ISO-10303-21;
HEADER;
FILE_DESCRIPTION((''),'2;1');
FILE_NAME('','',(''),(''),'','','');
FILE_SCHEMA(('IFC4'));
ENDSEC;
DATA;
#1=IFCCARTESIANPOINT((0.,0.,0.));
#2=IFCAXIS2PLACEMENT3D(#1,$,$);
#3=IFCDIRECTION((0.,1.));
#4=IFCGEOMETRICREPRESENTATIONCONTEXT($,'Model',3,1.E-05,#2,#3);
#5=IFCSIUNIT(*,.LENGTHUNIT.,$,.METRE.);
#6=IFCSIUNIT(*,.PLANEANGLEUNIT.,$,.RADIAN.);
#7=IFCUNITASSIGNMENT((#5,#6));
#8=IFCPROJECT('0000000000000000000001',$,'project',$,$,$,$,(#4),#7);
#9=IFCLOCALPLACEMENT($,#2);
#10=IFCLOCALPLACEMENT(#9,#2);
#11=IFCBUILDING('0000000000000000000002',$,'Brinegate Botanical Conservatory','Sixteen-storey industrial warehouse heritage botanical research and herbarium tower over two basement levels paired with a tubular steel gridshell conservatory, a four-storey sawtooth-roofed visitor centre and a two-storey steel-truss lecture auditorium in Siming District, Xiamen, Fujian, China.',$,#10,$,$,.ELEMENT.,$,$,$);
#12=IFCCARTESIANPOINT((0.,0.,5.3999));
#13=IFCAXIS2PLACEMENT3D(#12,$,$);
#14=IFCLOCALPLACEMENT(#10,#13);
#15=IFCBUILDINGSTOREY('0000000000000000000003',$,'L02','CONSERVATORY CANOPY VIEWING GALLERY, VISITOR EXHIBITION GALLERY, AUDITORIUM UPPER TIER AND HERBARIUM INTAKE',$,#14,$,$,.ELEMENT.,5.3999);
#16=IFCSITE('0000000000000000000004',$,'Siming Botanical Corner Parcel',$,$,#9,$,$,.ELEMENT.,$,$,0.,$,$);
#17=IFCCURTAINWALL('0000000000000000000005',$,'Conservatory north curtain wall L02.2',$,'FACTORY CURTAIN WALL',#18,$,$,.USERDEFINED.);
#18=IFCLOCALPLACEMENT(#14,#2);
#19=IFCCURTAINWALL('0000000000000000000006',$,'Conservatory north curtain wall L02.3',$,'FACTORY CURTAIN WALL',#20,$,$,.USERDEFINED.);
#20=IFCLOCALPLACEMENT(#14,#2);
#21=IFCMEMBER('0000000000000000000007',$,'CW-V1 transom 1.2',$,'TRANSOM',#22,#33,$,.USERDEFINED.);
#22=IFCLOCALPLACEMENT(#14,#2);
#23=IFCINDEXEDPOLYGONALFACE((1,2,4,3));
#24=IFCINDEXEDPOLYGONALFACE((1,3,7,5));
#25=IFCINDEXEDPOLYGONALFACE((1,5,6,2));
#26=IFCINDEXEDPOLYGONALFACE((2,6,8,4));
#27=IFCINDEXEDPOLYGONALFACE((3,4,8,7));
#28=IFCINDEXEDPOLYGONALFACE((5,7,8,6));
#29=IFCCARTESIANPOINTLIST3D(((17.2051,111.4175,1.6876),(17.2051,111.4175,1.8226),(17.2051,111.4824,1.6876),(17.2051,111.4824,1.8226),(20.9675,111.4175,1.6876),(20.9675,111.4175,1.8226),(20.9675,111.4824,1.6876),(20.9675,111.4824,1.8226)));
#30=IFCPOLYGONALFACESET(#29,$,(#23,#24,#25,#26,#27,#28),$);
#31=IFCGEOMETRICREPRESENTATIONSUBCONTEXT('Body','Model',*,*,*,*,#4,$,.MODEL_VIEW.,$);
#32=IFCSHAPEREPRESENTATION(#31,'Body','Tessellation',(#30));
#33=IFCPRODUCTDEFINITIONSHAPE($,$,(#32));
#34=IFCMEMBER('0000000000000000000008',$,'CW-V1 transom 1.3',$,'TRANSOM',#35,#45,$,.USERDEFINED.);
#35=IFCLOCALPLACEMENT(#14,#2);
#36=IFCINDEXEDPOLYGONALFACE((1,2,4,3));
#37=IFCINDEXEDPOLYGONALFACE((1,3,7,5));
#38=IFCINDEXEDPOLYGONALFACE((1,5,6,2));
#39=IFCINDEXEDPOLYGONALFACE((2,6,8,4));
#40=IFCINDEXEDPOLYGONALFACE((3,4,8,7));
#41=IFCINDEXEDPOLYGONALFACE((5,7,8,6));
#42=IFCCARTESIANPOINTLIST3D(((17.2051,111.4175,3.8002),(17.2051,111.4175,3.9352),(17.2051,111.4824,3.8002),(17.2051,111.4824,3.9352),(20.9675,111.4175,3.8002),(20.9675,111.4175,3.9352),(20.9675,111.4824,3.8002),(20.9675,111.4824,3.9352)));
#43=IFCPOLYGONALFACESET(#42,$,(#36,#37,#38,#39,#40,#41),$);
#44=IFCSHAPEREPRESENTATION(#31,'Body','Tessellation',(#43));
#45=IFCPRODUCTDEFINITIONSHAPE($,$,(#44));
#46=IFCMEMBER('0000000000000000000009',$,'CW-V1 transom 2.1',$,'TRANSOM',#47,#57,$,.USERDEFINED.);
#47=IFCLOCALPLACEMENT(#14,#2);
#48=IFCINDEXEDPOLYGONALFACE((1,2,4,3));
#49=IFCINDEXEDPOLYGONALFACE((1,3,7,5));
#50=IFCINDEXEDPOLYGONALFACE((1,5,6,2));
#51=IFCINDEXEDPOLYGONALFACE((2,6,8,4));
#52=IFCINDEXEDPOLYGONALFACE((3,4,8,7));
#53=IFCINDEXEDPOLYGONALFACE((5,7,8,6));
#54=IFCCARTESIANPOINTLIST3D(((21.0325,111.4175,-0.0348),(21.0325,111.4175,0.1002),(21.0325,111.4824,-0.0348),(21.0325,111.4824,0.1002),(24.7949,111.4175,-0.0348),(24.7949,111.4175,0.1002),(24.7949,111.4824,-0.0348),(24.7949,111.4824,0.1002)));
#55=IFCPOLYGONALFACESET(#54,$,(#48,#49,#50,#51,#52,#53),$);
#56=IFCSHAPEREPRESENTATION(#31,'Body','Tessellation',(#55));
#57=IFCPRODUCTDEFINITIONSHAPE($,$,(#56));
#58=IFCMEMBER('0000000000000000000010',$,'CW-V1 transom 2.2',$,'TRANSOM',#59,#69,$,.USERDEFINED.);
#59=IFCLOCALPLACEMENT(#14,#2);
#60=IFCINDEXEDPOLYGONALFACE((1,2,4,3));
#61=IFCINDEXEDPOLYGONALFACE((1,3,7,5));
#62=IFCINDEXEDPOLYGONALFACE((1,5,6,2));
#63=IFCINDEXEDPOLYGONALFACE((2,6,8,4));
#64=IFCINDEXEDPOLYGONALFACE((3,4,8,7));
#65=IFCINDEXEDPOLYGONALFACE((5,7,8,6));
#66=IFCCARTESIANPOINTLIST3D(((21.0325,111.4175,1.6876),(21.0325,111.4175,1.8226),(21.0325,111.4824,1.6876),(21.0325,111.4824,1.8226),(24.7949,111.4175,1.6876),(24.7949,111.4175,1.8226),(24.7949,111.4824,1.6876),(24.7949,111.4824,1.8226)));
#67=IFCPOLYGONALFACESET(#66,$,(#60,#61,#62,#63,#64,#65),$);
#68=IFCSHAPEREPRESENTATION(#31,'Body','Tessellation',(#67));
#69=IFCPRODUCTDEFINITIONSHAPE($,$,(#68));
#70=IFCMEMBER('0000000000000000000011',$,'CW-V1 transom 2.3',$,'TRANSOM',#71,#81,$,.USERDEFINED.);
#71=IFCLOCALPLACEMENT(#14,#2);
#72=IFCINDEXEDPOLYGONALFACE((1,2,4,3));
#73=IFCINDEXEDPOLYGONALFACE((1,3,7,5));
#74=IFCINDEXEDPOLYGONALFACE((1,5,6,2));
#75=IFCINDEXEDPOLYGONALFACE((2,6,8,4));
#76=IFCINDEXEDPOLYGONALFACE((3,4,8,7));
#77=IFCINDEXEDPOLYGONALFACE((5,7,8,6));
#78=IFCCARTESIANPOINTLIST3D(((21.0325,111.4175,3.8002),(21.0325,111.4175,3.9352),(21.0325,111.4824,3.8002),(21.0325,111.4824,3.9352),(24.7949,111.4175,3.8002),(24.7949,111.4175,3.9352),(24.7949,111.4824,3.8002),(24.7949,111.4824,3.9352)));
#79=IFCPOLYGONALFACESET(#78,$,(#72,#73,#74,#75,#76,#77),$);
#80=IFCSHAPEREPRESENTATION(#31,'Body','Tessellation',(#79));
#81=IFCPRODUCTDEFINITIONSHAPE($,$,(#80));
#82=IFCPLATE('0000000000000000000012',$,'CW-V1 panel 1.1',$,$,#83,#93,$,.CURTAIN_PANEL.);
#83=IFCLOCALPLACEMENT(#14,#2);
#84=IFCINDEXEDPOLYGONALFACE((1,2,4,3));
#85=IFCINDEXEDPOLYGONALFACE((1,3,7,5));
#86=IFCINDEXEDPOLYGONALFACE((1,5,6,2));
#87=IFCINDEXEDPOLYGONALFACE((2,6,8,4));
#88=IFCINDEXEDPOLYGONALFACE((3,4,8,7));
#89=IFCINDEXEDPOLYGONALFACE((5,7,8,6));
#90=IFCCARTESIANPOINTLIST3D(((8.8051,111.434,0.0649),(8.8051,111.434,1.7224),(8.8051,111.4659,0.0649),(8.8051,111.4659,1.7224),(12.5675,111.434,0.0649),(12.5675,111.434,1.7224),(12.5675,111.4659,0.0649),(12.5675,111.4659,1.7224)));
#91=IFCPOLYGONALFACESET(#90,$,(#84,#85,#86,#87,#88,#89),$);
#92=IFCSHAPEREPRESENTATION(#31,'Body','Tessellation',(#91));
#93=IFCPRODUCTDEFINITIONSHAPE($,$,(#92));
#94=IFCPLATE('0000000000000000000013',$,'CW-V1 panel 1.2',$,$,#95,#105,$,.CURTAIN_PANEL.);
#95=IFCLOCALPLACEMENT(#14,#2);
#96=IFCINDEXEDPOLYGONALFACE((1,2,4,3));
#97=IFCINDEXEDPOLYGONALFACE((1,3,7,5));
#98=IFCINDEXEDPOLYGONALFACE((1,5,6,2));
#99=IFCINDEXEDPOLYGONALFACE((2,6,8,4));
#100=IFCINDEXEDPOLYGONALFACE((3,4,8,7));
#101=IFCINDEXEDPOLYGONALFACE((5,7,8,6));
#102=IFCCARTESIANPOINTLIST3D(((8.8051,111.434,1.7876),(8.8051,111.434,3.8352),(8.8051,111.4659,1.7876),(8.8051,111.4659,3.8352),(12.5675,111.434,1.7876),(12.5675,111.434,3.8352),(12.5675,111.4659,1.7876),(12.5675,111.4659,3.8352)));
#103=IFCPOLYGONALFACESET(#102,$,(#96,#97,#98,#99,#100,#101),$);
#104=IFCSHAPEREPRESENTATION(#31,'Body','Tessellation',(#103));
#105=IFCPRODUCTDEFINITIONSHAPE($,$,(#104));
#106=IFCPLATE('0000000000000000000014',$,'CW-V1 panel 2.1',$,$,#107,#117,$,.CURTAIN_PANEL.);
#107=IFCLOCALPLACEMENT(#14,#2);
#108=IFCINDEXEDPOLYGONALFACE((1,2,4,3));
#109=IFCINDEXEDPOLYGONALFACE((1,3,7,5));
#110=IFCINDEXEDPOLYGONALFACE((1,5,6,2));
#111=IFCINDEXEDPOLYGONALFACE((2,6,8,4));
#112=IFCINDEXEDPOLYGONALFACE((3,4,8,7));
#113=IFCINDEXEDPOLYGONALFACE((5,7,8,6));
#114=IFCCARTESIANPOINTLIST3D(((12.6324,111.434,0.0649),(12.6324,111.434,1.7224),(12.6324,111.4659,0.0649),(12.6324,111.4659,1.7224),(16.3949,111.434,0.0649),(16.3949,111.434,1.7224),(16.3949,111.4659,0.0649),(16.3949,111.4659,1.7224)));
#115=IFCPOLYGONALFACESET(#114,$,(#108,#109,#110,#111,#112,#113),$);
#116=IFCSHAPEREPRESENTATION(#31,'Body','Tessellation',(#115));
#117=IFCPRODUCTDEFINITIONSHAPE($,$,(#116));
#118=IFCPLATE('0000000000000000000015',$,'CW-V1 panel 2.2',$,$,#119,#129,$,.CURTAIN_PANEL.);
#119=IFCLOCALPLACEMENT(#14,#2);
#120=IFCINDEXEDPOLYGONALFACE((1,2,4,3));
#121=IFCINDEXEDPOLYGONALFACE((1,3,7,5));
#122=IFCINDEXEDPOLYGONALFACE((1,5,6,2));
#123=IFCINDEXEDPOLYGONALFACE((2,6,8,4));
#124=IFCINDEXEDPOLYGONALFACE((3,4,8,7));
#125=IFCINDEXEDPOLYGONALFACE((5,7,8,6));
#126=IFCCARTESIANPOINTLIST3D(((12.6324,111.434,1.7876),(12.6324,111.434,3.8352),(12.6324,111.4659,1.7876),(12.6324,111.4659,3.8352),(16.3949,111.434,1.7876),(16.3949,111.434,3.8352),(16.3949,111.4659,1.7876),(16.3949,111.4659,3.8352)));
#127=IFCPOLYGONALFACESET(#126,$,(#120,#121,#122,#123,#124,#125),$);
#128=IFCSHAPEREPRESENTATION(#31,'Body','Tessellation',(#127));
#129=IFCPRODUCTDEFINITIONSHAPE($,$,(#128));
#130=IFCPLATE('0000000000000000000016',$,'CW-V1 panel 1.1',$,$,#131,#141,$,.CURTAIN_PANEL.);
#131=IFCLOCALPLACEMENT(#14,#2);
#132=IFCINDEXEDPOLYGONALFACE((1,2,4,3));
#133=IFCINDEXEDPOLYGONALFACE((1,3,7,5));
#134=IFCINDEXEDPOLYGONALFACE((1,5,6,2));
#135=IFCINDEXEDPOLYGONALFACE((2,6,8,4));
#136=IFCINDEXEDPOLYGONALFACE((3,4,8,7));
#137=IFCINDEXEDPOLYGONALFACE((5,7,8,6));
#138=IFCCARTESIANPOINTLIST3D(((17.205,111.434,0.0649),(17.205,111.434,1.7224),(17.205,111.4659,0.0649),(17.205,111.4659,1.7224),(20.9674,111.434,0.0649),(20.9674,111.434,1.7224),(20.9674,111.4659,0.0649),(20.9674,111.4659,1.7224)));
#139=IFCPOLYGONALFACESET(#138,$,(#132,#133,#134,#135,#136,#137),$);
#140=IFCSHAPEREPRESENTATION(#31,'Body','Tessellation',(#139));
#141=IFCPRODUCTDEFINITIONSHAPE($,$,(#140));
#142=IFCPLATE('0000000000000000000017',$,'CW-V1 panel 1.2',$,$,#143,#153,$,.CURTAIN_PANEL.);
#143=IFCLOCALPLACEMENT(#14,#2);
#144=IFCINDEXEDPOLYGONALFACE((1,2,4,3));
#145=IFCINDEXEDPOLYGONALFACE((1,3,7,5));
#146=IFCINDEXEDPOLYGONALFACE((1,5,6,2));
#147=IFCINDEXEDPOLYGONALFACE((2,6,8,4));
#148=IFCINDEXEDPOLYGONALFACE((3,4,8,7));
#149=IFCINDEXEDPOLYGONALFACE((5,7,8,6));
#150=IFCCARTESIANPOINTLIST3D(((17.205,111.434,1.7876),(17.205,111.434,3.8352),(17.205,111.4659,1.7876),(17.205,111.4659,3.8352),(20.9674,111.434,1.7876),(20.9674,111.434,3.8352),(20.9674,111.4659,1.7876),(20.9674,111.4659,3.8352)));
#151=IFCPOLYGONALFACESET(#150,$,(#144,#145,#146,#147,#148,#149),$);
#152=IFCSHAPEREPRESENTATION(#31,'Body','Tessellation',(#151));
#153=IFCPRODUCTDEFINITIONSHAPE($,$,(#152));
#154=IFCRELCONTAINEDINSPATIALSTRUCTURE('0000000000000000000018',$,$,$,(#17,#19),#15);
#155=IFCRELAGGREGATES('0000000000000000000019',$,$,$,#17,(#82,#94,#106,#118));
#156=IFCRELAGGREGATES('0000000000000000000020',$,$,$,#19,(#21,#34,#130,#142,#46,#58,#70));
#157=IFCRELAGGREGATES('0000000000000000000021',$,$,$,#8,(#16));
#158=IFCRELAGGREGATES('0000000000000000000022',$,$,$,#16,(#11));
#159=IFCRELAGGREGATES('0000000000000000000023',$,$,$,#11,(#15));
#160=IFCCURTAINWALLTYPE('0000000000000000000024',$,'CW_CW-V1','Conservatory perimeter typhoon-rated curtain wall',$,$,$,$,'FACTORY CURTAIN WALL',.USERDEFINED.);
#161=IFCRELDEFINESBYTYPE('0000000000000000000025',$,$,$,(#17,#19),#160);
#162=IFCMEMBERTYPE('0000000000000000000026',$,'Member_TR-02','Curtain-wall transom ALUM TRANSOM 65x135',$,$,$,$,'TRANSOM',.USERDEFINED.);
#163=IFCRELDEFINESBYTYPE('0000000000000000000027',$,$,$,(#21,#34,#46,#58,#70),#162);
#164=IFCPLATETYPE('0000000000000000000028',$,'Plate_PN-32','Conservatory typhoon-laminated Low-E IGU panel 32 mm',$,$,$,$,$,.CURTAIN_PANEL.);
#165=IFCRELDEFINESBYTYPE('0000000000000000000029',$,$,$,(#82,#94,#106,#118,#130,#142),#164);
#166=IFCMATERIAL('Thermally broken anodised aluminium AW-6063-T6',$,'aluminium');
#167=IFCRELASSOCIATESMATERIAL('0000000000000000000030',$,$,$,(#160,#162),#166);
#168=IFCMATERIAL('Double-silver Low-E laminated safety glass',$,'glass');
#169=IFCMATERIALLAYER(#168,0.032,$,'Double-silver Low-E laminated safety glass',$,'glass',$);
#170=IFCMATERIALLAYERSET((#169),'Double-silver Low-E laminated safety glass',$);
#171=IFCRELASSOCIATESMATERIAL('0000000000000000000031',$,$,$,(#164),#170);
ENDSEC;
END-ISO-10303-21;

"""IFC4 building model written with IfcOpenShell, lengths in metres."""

from ifc_helpers import new_model, si_unit, direction, frame, origin, origin_2d, place, context, subcontext, project, spatial, rectangle, extrude, material, layer, layer_set, material_profile, profile_set, type_object, element, aggregate, save


model = new_model("IFC4")

# Units and contexts
model_context = context("Model", 3, precision=1e-05, world=origin(), true_north=direction((0.0, 1.0)))
body_context = subcontext(model_context, "Body", "Model", "MODEL_VIEW")
ifc_project = project(units=[si_unit("LENGTHUNIT", "METRE"), si_unit("PLANEANGLEUNIT", "RADIAN")], contexts=[model_context])

# Site, building, storey
site_placement = place(None, origin())
site = spatial("IfcSite", under=ifc_project, at=site_placement, Name="Siming Botanical Corner Parcel", CompositionType="ELEMENT", RefElevation=0.0)
building_placement = place(site_placement, origin())
building = spatial("IfcBuilding", under=site, at=building_placement, Name="Brinegate Botanical Conservatory", Description="Sixteen-storey industrial warehouse heritage botanical research and herbarium tower over two basement levels paired with a tubular steel gridshell conservatory, a four-storey sawtooth-roofed visitor centre and a two-storey steel-truss lecture auditorium in Siming District, Xiamen, Fujian, China.", CompositionType="ELEMENT")
storey_placement = place(building_placement, frame((0.0, 0.0, 5.3999)))
storey = spatial("IfcBuildingStorey", under=building, at=storey_placement, Name="L02", Description="CONSERVATORY CANOPY VIEWING GALLERY, VISITOR EXHIBITION GALLERY, AUDITORIUM UPPER TIER AND HERBARIUM INTAKE", CompositionType="ELEMENT", Elevation=5.3999)

# Curtain walls
ifc_material_1 = material(Name="Thermally broken anodised aluminium AW-6063-T6", Category="aluminium")
curtain_wall_type = type_object("IfcCurtainWallType", Name="CW_CW-V1", Description="Conservatory perimeter typhoon-rated curtain wall", ElementType="FACTORY CURTAIN WALL", PredefinedType="USERDEFINED", material=ifc_material_1)
curtain_wall_1_placement = place(storey_placement, origin())
curtain_wall_1 = element("IfcCurtainWall", 1, at=curtain_wall_1_placement, inside=storey, type_object=curtain_wall_type, Name="Conservatory north curtain wall L02.2", ObjectType="FACTORY CURTAIN WALL", PredefinedType="USERDEFINED")
curtain_wall_2_placement = place(storey_placement, origin())
curtain_wall_2 = element("IfcCurtainWall", 2, at=curtain_wall_2_placement, inside=storey, type_object=curtain_wall_type, Name="Conservatory north curtain wall L02.3", ObjectType="FACTORY CURTAIN WALL", PredefinedType="USERDEFINED")

# Members
ifc_material_profile_1 = material_profile(ifc_material_1, rectangle(XDim=0.0649, YDim=0.135, at=origin_2d()), Name="ALUM TRANSOM 65x135")
ifc_profile_set_1 = profile_set([ifc_material_profile_1], Name="Thermally broken anodised aluminium AW-6063-T6")
member_type_1 = type_object("IfcMemberType", Name="Member_TR-02", Description="Curtain-wall transom ALUM TRANSOM 65x135", ElementType="TRANSOM", PredefinedType="USERDEFINED", material=ifc_profile_set_1)
member_1_placement = place(storey_placement, frame((17.2051, 111.45, 1.7551), z_axis=(1.0, 0.0, 0.0), x_axis=(0.0, 1.0, 0.0)))
member_1 = element("IfcMember", 3, at=member_1_placement, type_object=member_type_1, Name="CW-V1 transom 1.2", ObjectType="TRANSOM", PredefinedType="USERDEFINED", context=body_context, shape_type="SweptSolid", body=[
    extrude(rectangle(XDim=0.0649, YDim=0.135, at=origin_2d()), origin(), (0.0, 0.0, 1.0), 3.7625),
])
member_2_placement = place(storey_placement, frame((17.2051, 111.45, 3.8677), z_axis=(1.0, 0.0, 0.0), x_axis=(0.0, 1.0, 0.0)))
member_2 = element("IfcMember", 4, at=member_2_placement, type_object=member_type_1, Name="CW-V1 transom 1.3", ObjectType="TRANSOM", PredefinedType="USERDEFINED", context=body_context, shape_type="SweptSolid", body=[
    extrude(rectangle(XDim=0.0649, YDim=0.135, at=origin_2d()), origin(), (0.0, 0.0, 1.0), 3.7625),
])
member_3_placement = place(storey_placement, frame((21.0325, 111.45, 0.0327), z_axis=(1.0, 0.0, 0.0), x_axis=(0.0, 1.0, 0.0)))
member_3 = element("IfcMember", 5, at=member_3_placement, type_object=member_type_1, Name="CW-V1 transom 2.1", ObjectType="TRANSOM", PredefinedType="USERDEFINED", context=body_context, shape_type="SweptSolid", body=[
    extrude(rectangle(XDim=0.0649, YDim=0.135, at=origin_2d()), origin(), (0.0, 0.0, 1.0), 3.7625),
])
member_4_placement = place(storey_placement, frame((21.0325, 111.45, 1.7551), z_axis=(1.0, 0.0, 0.0), x_axis=(0.0, 1.0, 0.0)))
member_4 = element("IfcMember", 6, at=member_4_placement, type_object=member_type_1, Name="CW-V1 transom 2.2", ObjectType="TRANSOM", PredefinedType="USERDEFINED", context=body_context, shape_type="SweptSolid", body=[
    extrude(rectangle(XDim=0.0649, YDim=0.135, at=origin_2d()), origin(), (0.0, 0.0, 1.0), 3.7625),
])
member_5_placement = place(storey_placement, frame((21.0325, 111.45, 3.8677), z_axis=(1.0, 0.0, 0.0), x_axis=(0.0, 1.0, 0.0)))
member_5 = element("IfcMember", 7, at=member_5_placement, type_object=member_type_1, Name="CW-V1 transom 2.3", ObjectType="TRANSOM", PredefinedType="USERDEFINED", context=body_context, shape_type="SweptSolid", body=[
    extrude(rectangle(XDim=0.0649, YDim=0.135, at=origin_2d()), origin(), (0.0, 0.0, 1.0), 3.7625),
])

# Plates
ifc_material_2 = material(Name="Double-silver Low-E laminated safety glass", Category="glass")
ifc_layer = layer(ifc_material_2, 0.032, Name="Double-silver Low-E laminated safety glass", Category="glass")
ifc_layer_set = layer_set([ifc_layer], Name="Double-silver Low-E laminated safety glass")
plate_type = type_object("IfcPlateType", Name="Plate_PN-32", Description="Conservatory typhoon-laminated Low-E IGU panel 32 mm", PredefinedType="CURTAIN_PANEL", material=ifc_layer_set)
plate_1_placement = place(storey_placement, frame((10.6863, 111.45, 0.0649), z_axis=(0.0, 0.0, 1.0), x_axis=(1.0, 0.0, 0.0)))
plate_1 = element("IfcPlate", 8, at=plate_1_placement, type_object=plate_type, Name="CW-V1 panel 1.1", PredefinedType="CURTAIN_PANEL", context=body_context, shape_type="SweptSolid", body=[
    extrude(rectangle(XDim=3.7625, YDim=0.032, at=origin_2d()), origin(), (0.0, 0.0, 1.0), 1.6575),
])
plate_2_placement = place(storey_placement, frame((10.6863, 111.45, 1.7876), z_axis=(0.0, 0.0, 1.0), x_axis=(1.0, 0.0, 0.0)))
plate_2 = element("IfcPlate", 9, at=plate_2_placement, type_object=plate_type, Name="CW-V1 panel 1.2", PredefinedType="CURTAIN_PANEL", context=body_context, shape_type="SweptSolid", body=[
    extrude(rectangle(XDim=3.7625, YDim=0.032, at=origin_2d()), origin(), (0.0, 0.0, 1.0), 2.0476),
])
plate_3_placement = place(storey_placement, frame((14.5137, 111.45, 0.0649), z_axis=(0.0, 0.0, 1.0), x_axis=(1.0, 0.0, 0.0)))
plate_3 = element("IfcPlate", 10, at=plate_3_placement, type_object=plate_type, Name="CW-V1 panel 2.1", PredefinedType="CURTAIN_PANEL", context=body_context, shape_type="SweptSolid", body=[
    extrude(rectangle(XDim=3.7625, YDim=0.032, at=origin_2d()), origin(), (0.0, 0.0, 1.0), 1.6575),
])
plate_4_placement = place(storey_placement, frame((14.5137, 111.45, 1.7876), z_axis=(0.0, 0.0, 1.0), x_axis=(1.0, 0.0, 0.0)))
plate_4 = element("IfcPlate", 11, at=plate_4_placement, type_object=plate_type, Name="CW-V1 panel 2.2", PredefinedType="CURTAIN_PANEL", context=body_context, shape_type="SweptSolid", body=[
    extrude(rectangle(XDim=3.7625, YDim=0.032, at=origin_2d()), origin(), (0.0, 0.0, 1.0), 2.0476),
])
aggregate(curtain_wall_1, [plate_1, plate_2, plate_3, plate_4])
plate_5_placement = place(storey_placement, frame((19.0862, 111.45, 0.0649), z_axis=(0.0, 0.0, 1.0), x_axis=(1.0, 0.0, 0.0)))
plate_5 = element("IfcPlate", 12, at=plate_5_placement, type_object=plate_type, Name="CW-V1 panel 1.1", PredefinedType="CURTAIN_PANEL", context=body_context, shape_type="SweptSolid", body=[
    extrude(rectangle(XDim=3.7625, YDim=0.032, at=origin_2d()), origin(), (0.0, 0.0, 1.0), 1.6575),
])
plate_6_placement = place(storey_placement, frame((19.0862, 111.45, 1.7876), z_axis=(0.0, 0.0, 1.0), x_axis=(1.0, 0.0, 0.0)))
plate_6 = element("IfcPlate", 13, at=plate_6_placement, type_object=plate_type, Name="CW-V1 panel 1.2", PredefinedType="CURTAIN_PANEL", context=body_context, shape_type="SweptSolid", body=[
    extrude(rectangle(XDim=3.7625, YDim=0.032, at=origin_2d()), origin(), (0.0, 0.0, 1.0), 2.0476),
])
aggregate(curtain_wall_2, [member_1, member_2, plate_5, plate_6, member_3, member_4, member_5])

save(model, "model.ifc")
